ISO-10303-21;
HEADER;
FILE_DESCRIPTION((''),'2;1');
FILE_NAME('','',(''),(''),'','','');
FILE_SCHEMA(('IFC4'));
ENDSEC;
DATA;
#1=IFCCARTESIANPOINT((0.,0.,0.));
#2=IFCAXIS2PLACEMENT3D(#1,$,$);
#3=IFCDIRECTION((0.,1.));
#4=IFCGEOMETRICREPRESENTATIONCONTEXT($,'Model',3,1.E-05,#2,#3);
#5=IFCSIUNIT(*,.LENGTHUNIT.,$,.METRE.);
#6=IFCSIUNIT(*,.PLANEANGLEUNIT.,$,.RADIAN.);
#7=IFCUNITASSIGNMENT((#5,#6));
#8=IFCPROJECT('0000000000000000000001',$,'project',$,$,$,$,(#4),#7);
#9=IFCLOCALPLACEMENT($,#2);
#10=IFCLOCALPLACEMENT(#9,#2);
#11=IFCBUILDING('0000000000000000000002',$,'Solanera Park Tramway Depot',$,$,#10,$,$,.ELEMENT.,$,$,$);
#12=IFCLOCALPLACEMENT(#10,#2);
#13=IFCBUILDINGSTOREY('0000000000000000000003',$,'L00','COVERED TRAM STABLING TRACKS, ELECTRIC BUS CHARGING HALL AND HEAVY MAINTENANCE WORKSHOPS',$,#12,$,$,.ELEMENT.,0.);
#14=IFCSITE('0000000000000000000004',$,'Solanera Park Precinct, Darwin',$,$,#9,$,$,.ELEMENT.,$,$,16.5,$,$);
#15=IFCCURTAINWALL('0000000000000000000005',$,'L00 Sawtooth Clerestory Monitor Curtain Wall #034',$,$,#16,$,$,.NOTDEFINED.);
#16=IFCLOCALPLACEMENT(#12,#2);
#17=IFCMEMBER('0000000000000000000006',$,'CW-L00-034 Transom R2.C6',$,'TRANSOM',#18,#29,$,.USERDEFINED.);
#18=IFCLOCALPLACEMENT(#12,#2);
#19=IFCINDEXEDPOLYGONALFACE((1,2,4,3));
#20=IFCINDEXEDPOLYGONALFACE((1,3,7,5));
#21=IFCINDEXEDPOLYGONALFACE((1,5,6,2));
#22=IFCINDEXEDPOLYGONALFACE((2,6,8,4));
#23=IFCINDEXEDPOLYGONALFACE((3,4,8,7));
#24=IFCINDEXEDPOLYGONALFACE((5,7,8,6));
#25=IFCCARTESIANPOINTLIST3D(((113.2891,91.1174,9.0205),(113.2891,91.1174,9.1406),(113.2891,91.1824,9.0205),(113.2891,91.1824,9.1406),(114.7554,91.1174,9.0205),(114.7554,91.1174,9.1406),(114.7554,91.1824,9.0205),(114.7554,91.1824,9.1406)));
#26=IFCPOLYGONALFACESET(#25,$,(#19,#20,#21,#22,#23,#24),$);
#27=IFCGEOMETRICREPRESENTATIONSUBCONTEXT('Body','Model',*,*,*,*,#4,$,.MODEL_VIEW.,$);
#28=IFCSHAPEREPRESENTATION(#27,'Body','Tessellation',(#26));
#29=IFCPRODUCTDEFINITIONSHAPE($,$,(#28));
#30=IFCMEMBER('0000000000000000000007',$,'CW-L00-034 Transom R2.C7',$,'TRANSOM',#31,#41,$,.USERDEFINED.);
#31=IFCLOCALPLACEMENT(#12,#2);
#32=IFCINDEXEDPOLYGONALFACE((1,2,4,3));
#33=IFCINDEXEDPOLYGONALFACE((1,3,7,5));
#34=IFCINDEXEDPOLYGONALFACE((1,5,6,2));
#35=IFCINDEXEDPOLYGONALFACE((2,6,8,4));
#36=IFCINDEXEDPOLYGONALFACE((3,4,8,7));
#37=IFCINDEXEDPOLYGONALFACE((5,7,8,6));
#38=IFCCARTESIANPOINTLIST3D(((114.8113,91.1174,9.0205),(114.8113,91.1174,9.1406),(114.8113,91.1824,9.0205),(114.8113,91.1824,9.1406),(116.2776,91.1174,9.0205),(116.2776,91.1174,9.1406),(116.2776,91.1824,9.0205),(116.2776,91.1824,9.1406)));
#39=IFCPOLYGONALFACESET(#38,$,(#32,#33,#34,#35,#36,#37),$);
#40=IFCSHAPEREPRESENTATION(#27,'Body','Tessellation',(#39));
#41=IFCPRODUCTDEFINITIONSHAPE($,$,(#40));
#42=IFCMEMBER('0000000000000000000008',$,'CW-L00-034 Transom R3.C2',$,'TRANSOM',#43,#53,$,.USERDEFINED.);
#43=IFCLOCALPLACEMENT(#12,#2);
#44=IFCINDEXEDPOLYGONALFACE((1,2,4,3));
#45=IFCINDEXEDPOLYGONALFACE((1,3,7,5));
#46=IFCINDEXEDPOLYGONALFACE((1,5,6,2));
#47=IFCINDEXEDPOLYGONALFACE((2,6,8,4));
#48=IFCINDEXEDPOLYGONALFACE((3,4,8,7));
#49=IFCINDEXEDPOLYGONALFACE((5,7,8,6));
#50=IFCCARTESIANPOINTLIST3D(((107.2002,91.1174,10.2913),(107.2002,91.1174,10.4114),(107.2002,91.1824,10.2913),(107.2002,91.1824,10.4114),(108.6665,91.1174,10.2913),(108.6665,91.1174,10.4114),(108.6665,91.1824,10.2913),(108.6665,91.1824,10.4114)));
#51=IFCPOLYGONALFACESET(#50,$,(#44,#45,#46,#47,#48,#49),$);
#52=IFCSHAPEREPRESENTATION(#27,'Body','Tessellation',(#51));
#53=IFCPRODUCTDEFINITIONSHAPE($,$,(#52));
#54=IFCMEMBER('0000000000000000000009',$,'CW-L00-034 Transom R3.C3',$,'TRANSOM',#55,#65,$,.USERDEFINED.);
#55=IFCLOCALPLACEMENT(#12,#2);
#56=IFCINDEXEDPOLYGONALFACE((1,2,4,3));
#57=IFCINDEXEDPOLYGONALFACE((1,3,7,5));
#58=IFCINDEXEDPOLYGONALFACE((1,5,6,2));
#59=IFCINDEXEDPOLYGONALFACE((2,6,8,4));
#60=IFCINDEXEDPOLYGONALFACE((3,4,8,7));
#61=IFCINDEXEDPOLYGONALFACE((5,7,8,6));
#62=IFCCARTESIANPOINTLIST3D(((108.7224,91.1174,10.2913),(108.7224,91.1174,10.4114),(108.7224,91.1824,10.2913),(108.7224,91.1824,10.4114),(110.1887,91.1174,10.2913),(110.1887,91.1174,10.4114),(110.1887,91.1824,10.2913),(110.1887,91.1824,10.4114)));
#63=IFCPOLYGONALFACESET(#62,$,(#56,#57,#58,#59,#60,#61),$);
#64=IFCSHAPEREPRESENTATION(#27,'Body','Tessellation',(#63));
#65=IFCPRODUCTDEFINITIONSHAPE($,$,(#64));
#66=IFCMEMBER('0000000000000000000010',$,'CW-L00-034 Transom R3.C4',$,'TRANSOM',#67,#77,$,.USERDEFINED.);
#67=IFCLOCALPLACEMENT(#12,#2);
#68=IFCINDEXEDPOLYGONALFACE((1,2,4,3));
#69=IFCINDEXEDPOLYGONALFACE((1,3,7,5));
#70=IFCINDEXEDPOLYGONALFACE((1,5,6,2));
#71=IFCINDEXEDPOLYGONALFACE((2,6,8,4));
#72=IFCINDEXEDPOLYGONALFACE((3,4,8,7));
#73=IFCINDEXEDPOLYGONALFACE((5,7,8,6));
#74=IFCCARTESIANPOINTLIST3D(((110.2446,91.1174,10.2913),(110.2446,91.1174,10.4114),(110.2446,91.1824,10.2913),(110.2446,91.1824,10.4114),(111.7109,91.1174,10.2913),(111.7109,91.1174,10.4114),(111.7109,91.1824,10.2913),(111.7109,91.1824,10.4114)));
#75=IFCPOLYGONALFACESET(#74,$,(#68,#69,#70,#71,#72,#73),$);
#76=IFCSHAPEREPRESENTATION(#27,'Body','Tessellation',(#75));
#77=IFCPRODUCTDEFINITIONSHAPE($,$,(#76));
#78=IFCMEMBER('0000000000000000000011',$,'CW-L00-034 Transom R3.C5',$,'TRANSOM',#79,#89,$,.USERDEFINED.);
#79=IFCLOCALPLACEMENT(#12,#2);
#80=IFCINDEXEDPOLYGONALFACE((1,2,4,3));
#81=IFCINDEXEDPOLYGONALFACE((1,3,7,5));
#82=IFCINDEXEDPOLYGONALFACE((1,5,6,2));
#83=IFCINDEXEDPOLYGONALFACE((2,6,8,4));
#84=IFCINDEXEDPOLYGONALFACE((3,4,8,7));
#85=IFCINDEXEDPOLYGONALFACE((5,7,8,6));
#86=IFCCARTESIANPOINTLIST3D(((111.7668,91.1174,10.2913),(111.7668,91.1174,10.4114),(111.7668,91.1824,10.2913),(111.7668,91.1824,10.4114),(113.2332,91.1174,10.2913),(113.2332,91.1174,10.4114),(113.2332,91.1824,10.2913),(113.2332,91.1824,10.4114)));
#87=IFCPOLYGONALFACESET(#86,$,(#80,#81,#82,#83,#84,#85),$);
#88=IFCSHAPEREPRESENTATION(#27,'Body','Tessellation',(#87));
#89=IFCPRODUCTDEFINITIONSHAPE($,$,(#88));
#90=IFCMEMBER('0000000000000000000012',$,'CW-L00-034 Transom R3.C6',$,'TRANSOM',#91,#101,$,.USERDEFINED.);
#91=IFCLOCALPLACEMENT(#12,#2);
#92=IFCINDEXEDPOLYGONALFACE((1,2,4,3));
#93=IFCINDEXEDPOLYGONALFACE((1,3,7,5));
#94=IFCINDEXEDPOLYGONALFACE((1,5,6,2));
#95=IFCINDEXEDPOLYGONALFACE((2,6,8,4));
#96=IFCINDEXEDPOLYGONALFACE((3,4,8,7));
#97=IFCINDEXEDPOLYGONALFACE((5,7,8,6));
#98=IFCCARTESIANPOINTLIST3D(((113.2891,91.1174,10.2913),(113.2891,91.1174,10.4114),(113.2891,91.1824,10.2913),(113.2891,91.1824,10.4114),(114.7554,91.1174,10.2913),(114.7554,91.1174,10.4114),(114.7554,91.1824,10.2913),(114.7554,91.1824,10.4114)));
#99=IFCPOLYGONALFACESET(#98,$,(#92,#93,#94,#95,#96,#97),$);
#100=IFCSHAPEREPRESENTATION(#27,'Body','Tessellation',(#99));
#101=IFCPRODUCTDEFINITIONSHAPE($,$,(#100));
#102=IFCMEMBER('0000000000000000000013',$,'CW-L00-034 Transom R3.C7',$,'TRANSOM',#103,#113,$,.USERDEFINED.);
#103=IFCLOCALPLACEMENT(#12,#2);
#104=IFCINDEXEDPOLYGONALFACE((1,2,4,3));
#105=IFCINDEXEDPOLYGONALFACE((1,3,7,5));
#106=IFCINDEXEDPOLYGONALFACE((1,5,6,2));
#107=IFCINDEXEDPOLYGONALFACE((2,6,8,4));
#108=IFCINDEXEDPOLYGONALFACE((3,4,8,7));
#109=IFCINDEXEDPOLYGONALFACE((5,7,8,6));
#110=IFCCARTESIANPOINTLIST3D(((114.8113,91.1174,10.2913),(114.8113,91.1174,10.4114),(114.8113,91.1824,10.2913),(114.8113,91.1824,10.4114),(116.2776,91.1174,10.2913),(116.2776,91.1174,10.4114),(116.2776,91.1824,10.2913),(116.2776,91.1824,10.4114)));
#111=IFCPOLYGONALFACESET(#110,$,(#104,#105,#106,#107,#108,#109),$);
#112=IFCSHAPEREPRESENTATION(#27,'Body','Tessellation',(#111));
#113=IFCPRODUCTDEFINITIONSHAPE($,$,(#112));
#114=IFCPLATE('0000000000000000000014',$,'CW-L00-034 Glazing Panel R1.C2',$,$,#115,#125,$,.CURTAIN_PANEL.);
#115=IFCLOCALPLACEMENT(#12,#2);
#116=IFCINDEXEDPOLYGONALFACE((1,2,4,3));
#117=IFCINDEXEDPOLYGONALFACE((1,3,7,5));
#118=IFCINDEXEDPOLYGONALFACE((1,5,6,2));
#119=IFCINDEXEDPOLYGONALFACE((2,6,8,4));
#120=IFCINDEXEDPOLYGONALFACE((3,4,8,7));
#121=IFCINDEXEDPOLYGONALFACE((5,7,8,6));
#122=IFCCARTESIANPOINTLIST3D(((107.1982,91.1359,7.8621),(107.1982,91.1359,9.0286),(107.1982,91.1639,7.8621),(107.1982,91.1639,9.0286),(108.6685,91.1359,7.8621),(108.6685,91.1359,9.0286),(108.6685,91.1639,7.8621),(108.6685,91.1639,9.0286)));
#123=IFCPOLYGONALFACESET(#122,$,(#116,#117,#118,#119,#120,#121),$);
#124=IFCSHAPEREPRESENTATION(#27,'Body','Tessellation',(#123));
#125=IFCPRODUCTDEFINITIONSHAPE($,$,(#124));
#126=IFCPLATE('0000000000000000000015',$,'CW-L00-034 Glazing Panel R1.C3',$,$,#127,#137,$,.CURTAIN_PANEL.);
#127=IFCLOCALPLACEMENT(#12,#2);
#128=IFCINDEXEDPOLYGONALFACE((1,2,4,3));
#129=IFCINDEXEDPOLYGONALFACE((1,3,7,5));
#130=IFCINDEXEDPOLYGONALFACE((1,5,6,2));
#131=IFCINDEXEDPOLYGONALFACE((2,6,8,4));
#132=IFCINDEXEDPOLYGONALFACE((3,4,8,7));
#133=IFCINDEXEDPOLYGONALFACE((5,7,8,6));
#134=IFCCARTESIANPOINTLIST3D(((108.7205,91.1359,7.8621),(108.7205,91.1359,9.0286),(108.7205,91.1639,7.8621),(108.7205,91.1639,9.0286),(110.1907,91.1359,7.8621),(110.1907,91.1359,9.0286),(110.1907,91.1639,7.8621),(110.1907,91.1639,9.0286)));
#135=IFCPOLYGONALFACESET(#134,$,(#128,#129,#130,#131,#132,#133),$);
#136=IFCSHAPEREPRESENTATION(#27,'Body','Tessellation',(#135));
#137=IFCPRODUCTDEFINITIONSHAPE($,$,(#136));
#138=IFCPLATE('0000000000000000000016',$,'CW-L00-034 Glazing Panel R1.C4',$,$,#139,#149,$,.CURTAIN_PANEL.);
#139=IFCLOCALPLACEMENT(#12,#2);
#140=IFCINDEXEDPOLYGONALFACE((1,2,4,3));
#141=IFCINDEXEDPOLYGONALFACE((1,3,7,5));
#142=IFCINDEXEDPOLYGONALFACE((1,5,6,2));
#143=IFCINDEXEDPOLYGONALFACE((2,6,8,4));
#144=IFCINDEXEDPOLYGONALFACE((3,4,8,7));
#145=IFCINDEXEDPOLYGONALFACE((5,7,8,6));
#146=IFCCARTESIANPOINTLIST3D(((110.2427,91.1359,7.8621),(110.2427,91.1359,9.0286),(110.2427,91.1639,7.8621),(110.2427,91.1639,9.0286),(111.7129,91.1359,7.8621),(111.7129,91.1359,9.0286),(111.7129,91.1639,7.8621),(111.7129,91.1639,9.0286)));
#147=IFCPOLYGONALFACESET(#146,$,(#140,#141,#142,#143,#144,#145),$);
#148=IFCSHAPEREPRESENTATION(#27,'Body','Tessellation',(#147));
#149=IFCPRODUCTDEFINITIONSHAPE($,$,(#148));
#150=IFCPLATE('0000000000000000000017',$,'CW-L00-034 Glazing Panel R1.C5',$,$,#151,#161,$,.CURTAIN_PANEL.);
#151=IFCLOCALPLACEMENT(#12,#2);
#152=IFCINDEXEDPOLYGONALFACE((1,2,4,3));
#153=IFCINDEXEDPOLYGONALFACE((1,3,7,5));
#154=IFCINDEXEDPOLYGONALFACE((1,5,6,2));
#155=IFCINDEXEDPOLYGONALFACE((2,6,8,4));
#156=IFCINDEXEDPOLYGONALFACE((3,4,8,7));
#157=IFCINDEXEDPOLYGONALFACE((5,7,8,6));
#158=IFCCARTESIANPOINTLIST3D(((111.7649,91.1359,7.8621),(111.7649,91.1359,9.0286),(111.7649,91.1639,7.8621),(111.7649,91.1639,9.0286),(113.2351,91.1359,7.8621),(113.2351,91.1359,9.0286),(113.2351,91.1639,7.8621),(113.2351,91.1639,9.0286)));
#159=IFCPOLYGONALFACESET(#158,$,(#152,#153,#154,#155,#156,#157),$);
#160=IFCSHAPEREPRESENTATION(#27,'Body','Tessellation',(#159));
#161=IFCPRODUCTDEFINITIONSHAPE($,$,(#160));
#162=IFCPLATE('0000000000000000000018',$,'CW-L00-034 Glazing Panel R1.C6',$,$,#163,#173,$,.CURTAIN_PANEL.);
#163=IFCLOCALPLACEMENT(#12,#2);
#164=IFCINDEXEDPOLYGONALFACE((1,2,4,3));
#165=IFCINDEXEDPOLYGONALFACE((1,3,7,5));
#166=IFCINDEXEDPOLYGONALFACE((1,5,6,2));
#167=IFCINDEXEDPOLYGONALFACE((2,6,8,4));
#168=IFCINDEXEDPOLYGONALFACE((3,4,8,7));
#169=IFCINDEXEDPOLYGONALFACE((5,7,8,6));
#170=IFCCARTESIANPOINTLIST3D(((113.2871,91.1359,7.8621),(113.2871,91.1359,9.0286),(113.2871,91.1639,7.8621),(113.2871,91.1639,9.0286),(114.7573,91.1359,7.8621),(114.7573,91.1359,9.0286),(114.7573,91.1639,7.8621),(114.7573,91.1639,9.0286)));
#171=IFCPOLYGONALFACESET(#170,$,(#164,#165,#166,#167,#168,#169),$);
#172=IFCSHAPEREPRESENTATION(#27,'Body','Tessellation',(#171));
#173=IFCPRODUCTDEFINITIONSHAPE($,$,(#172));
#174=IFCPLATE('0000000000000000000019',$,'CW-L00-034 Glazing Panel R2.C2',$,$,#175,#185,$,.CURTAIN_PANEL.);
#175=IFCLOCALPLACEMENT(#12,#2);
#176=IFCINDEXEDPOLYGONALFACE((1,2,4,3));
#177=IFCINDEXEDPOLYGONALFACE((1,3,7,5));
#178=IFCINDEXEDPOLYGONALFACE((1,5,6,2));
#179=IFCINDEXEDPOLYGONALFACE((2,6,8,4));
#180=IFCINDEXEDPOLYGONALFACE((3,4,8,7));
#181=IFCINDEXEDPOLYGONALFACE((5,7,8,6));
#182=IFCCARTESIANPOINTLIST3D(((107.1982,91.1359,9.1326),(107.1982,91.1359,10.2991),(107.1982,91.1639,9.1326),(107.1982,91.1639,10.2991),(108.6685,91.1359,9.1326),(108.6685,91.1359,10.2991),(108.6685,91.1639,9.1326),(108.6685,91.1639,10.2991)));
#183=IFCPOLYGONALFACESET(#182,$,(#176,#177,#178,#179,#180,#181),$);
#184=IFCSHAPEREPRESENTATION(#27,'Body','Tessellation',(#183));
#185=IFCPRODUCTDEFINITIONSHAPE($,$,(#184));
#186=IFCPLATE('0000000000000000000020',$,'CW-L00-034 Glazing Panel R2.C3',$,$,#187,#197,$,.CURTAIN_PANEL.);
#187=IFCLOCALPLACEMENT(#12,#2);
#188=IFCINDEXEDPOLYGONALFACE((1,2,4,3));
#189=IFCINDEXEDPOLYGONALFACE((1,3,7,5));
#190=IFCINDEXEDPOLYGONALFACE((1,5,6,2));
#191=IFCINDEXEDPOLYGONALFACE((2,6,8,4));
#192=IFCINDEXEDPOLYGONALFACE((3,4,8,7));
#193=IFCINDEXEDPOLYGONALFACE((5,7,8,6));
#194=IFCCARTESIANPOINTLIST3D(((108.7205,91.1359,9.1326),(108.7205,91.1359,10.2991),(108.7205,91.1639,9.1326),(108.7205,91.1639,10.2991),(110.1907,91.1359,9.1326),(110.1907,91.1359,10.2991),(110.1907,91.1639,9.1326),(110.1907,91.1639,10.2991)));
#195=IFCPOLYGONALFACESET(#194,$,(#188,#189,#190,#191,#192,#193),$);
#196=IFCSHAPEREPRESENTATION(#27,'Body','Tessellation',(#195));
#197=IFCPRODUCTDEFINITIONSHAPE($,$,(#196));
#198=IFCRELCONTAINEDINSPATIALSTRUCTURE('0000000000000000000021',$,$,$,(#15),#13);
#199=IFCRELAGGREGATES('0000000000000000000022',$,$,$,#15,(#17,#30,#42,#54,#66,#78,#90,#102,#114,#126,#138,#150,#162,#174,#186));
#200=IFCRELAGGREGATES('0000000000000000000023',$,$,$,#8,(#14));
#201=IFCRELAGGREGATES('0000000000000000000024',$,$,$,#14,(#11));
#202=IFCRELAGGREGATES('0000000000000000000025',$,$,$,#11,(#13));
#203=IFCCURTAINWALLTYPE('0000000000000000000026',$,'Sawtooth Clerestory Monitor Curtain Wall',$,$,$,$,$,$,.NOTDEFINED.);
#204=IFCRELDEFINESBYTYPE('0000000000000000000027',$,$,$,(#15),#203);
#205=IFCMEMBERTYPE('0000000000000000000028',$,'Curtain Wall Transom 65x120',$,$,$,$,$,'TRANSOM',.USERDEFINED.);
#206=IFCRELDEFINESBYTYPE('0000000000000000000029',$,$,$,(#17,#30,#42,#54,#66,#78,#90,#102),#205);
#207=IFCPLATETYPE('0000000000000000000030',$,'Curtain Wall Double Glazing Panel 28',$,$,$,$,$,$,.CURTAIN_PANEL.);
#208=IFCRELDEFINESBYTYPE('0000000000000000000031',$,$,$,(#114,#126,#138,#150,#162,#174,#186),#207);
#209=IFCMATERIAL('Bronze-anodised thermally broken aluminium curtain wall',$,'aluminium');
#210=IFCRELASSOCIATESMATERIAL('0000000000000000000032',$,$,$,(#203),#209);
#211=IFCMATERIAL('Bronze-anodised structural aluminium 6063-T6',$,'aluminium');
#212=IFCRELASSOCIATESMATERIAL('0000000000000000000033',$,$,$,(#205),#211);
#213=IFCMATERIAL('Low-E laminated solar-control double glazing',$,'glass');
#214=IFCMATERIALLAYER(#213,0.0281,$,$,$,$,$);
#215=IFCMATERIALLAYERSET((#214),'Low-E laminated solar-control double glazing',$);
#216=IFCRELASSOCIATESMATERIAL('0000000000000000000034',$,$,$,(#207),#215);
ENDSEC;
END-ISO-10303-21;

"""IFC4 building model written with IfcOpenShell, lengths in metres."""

from ifc_helpers import new_model, si_unit, direction, frame, origin, origin_2d, place, context, subcontext, project, spatial, rectangle, extrude, material, layer, layer_set, material_profile, profile_set, type_object, element, aggregate, save


model = new_model("IFC4")

# Units and contexts
model_context = context("Model", 3, precision=1e-05, world=origin(), true_north=direction((0.0, 1.0)))
body_context = subcontext(model_context, "Body", "Model", "MODEL_VIEW")
ifc_project = project(units=[si_unit("LENGTHUNIT", "METRE"), si_unit("PLANEANGLEUNIT", "RADIAN")], contexts=[model_context])

# Site, building, storey
site_placement = place(None, origin())
site = spatial("IfcSite", under=ifc_project, at=site_placement, Name="Solanera Park Precinct, Darwin", CompositionType="ELEMENT", RefElevation=16.5)
building_placement = place(site_placement, origin())
building = spatial("IfcBuilding", under=site, at=building_placement, Name="Solanera Park Tramway Depot", CompositionType="ELEMENT")
storey_placement = place(building_placement, origin())
storey = spatial("IfcBuildingStorey", under=building, at=storey_placement, Name="L00", Description="COVERED TRAM STABLING TRACKS, ELECTRIC BUS CHARGING HALL AND HEAVY MAINTENANCE WORKSHOPS", CompositionType="ELEMENT", Elevation=0.0)

# Curtain wall, members, plates
ifc_material_1 = material(Name="Bronze-anodised thermally broken aluminium curtain wall", Category="aluminium")
curtain_wall_type = type_object("IfcCurtainWallType", Name="Sawtooth Clerestory Monitor Curtain Wall", PredefinedType="NOTDEFINED", material=ifc_material_1)
curtain_wall_placement = place(storey_placement, origin())
curtain_wall = element("IfcCurtainWall", 1, at=curtain_wall_placement, inside=storey, type_object=curtain_wall_type, Name="L00 Sawtooth Clerestory Monitor Curtain Wall #034", PredefinedType="NOTDEFINED")
ifc_material_2 = material(Name="Bronze-anodised structural aluminium 6063-T6", Category="aluminium")
ifc_material_profile_1 = material_profile(ifc_material_2, rectangle(XDim=0.0649, YDim=0.1201, at=origin_2d()), Name="Curtain Wall Transom 65x120")
ifc_profile_set_1 = profile_set([ifc_material_profile_1], Name="Bronze-anodised structural aluminium 6063-T6")
member_type_1 = type_object("IfcMemberType", Name="Curtain Wall Transom 65x120", ElementType="TRANSOM", PredefinedType="USERDEFINED", material=ifc_profile_set_1)
member_1_placement = place(storey_placement, frame((113.2891, 91.1499, 9.0806), z_axis=(1.0, 0.0, 0.0), x_axis=(0.0, 1.0, 0.0)))
member_1 = element("IfcMember", 2, at=member_1_placement, type_object=member_type_1, Name="CW-L00-034 Transom R2.C6", ObjectType="TRANSOM", PredefinedType="USERDEFINED", context=body_context, shape_type="SweptSolid", body=[
    extrude(rectangle(XDim=0.0649, YDim=0.1201, at=origin_2d()), origin(), (0.0, 0.0, 1.0), 1.4663),
])
member_2_placement = place(storey_placement, frame((114.8113, 91.1499, 9.0806), z_axis=(1.0, 0.0, 0.0), x_axis=(0.0, 1.0, 0.0)))
member_2 = element("IfcMember", 3, at=member_2_placement, type_object=member_type_1, Name="CW-L00-034 Transom R2.C7", ObjectType="TRANSOM", PredefinedType="USERDEFINED", context=body_context, shape_type="SweptSolid", body=[
    extrude(rectangle(XDim=0.0649, YDim=0.1201, at=origin_2d()), origin(), (0.0, 0.0, 1.0), 1.4663),
])
member_3_placement = place(storey_placement, frame((107.2002, 91.1499, 10.3513), z_axis=(1.0, 0.0, 0.0), x_axis=(0.0, 1.0, 0.0)))
member_3 = element("IfcMember", 4, at=member_3_placement, type_object=member_type_1, Name="CW-L00-034 Transom R3.C2", ObjectType="TRANSOM", PredefinedType="USERDEFINED", context=body_context, shape_type="SweptSolid", body=[
    extrude(rectangle(XDim=0.0649, YDim=0.1201, at=origin_2d()), origin(), (0.0, 0.0, 1.0), 1.4663),
])
member_4_placement = place(storey_placement, frame((108.7224, 91.1499, 10.3513), z_axis=(1.0, 0.0, 0.0), x_axis=(0.0, 1.0, 0.0)))
member_4 = element("IfcMember", 5, at=member_4_placement, type_object=member_type_1, Name="CW-L00-034 Transom R3.C3", ObjectType="TRANSOM", PredefinedType="USERDEFINED", context=body_context, shape_type="SweptSolid", body=[
    extrude(rectangle(XDim=0.0649, YDim=0.1201, at=origin_2d()), origin(), (0.0, 0.0, 1.0), 1.4663),
])
member_5_placement = place(storey_placement, frame((110.2446, 91.1499, 10.3513), z_axis=(1.0, 0.0, 0.0), x_axis=(0.0, 1.0, 0.0)))
member_5 = element("IfcMember", 6, at=member_5_placement, type_object=member_type_1, Name="CW-L00-034 Transom R3.C4", ObjectType="TRANSOM", PredefinedType="USERDEFINED", context=body_context, shape_type="SweptSolid", body=[
    extrude(rectangle(XDim=0.0649, YDim=0.1201, at=origin_2d()), origin(), (0.0, 0.0, 1.0), 1.4663),
])
member_6_placement = place(storey_placement, frame((111.7668, 91.1499, 10.3513), z_axis=(1.0, 0.0, 0.0), x_axis=(0.0, 1.0, 0.0)))
member_6 = element("IfcMember", 7, at=member_6_placement, type_object=member_type_1, Name="CW-L00-034 Transom R3.C5", ObjectType="TRANSOM", PredefinedType="USERDEFINED", context=body_context, shape_type="SweptSolid", body=[
    extrude(rectangle(XDim=0.0649, YDim=0.1201, at=origin_2d()), origin(), (0.0, 0.0, 1.0), 1.4663),
])
member_7_placement = place(storey_placement, frame((113.2891, 91.1499, 10.3513), z_axis=(1.0, 0.0, 0.0), x_axis=(0.0, 1.0, 0.0)))
member_7 = element("IfcMember", 8, at=member_7_placement, type_object=member_type_1, Name="CW-L00-034 Transom R3.C6", ObjectType="TRANSOM", PredefinedType="USERDEFINED", context=body_context, shape_type="SweptSolid", body=[
    extrude(rectangle(XDim=0.0649, YDim=0.1201, at=origin_2d()), origin(), (0.0, 0.0, 1.0), 1.4663),
])
member_8_placement = place(storey_placement, frame((114.8113, 91.1499, 10.3513), z_axis=(1.0, 0.0, 0.0), x_axis=(0.0, 1.0, 0.0)))
member_8 = element("IfcMember", 9, at=member_8_placement, type_object=member_type_1, Name="CW-L00-034 Transom R3.C7", ObjectType="TRANSOM", PredefinedType="USERDEFINED", context=body_context, shape_type="SweptSolid", body=[
    extrude(rectangle(XDim=0.0649, YDim=0.1201, at=origin_2d()), origin(), (0.0, 0.0, 1.0), 1.4663),
])
ifc_material_3 = material(Name="Low-E laminated solar-control double glazing", Category="glass")
ifc_layer = layer(ifc_material_3, 0.0281)
ifc_layer_set = layer_set([ifc_layer], Name="Low-E laminated solar-control double glazing")
plate_type = type_object("IfcPlateType", Name="Curtain Wall Double Glazing Panel 28", PredefinedType="CURTAIN_PANEL", material=ifc_layer_set)
plate_1_placement = place(storey_placement, frame((107.9333, 91.1499, 7.8621), z_axis=(0.0, 0.0, 1.0), x_axis=(1.0, 0.0, 0.0)))
plate_1 = element("IfcPlate", 10, at=plate_1_placement, type_object=plate_type, Name="CW-L00-034 Glazing Panel R1.C2", PredefinedType="CURTAIN_PANEL", context=body_context, shape_type="SweptSolid", body=[
    extrude(rectangle(XDim=1.4702, YDim=0.0281, at=origin_2d()), origin(), (0.0, 0.0, 1.0), 1.1665),
])
plate_2_placement = place(storey_placement, frame((109.4556, 91.1499, 7.8621), z_axis=(0.0, 0.0, 1.0), x_axis=(1.0, 0.0, 0.0)))
plate_2 = element("IfcPlate", 11, at=plate_2_placement, type_object=plate_type, Name="CW-L00-034 Glazing Panel R1.C3", PredefinedType="CURTAIN_PANEL", context=body_context, shape_type="SweptSolid", body=[
    extrude(rectangle(XDim=1.4702, YDim=0.0281, at=origin_2d()), origin(), (0.0, 0.0, 1.0), 1.1665),
])
plate_3_placement = place(storey_placement, frame((110.9778, 91.1499, 7.8621), z_axis=(0.0, 0.0, 1.0), x_axis=(1.0, 0.0, 0.0)))
plate_3 = element("IfcPlate", 12, at=plate_3_placement, type_object=plate_type, Name="CW-L00-034 Glazing Panel R1.C4", PredefinedType="CURTAIN_PANEL", context=body_context, shape_type="SweptSolid", body=[
    extrude(rectangle(XDim=1.4702, YDim=0.0281, at=origin_2d()), origin(), (0.0, 0.0, 1.0), 1.1665),
])
plate_4_placement = place(storey_placement, frame((112.5, 91.1499, 7.8621), z_axis=(0.0, 0.0, 1.0), x_axis=(1.0, 0.0, 0.0)))
plate_4 = element("IfcPlate", 13, at=plate_4_placement, type_object=plate_type, Name="CW-L00-034 Glazing Panel R1.C5", PredefinedType="CURTAIN_PANEL", context=body_context, shape_type="SweptSolid", body=[
    extrude(rectangle(XDim=1.4702, YDim=0.0281, at=origin_2d()), origin(), (0.0, 0.0, 1.0), 1.1665),
])
plate_5_placement = place(storey_placement, frame((114.0222, 91.1499, 7.8621), z_axis=(0.0, 0.0, 1.0), x_axis=(1.0, 0.0, 0.0)))
plate_5 = element("IfcPlate", 14, at=plate_5_placement, type_object=plate_type, Name="CW-L00-034 Glazing Panel R1.C6", PredefinedType="CURTAIN_PANEL", context=body_context, shape_type="SweptSolid", body=[
    extrude(rectangle(XDim=1.4702, YDim=0.0281, at=origin_2d()), origin(), (0.0, 0.0, 1.0), 1.1665),
])
plate_6_placement = place(storey_placement, frame((107.9333, 91.1499, 9.1326), z_axis=(0.0, 0.0, 1.0), x_axis=(1.0, 0.0, 0.0)))
plate_6 = element("IfcPlate", 15, at=plate_6_placement, type_object=plate_type, Name="CW-L00-034 Glazing Panel R2.C2", PredefinedType="CURTAIN_PANEL", context=body_context, shape_type="SweptSolid", body=[
    extrude(rectangle(XDim=1.4702, YDim=0.0281, at=origin_2d()), origin(), (0.0, 0.0, 1.0), 1.1665),
])
plate_7_placement = place(storey_placement, frame((109.4556, 91.1499, 9.1326), z_axis=(0.0, 0.0, 1.0), x_axis=(1.0, 0.0, 0.0)))
plate_7 = element("IfcPlate", 16, at=plate_7_placement, type_object=plate_type, Name="CW-L00-034 Glazing Panel R2.C3", PredefinedType="CURTAIN_PANEL", context=body_context, shape_type="SweptSolid", body=[
    extrude(rectangle(XDim=1.4702, YDim=0.0281, at=origin_2d()), origin(), (0.0, 0.0, 1.0), 1.1665),
])
aggregate(curtain_wall, [member_1, member_2, member_3, member_4, member_5, member_6, member_7, member_8, plate_1, plate_2, plate_3, plate_4, plate_5, plate_6, plate_7])

save(model, "model.ifc")
